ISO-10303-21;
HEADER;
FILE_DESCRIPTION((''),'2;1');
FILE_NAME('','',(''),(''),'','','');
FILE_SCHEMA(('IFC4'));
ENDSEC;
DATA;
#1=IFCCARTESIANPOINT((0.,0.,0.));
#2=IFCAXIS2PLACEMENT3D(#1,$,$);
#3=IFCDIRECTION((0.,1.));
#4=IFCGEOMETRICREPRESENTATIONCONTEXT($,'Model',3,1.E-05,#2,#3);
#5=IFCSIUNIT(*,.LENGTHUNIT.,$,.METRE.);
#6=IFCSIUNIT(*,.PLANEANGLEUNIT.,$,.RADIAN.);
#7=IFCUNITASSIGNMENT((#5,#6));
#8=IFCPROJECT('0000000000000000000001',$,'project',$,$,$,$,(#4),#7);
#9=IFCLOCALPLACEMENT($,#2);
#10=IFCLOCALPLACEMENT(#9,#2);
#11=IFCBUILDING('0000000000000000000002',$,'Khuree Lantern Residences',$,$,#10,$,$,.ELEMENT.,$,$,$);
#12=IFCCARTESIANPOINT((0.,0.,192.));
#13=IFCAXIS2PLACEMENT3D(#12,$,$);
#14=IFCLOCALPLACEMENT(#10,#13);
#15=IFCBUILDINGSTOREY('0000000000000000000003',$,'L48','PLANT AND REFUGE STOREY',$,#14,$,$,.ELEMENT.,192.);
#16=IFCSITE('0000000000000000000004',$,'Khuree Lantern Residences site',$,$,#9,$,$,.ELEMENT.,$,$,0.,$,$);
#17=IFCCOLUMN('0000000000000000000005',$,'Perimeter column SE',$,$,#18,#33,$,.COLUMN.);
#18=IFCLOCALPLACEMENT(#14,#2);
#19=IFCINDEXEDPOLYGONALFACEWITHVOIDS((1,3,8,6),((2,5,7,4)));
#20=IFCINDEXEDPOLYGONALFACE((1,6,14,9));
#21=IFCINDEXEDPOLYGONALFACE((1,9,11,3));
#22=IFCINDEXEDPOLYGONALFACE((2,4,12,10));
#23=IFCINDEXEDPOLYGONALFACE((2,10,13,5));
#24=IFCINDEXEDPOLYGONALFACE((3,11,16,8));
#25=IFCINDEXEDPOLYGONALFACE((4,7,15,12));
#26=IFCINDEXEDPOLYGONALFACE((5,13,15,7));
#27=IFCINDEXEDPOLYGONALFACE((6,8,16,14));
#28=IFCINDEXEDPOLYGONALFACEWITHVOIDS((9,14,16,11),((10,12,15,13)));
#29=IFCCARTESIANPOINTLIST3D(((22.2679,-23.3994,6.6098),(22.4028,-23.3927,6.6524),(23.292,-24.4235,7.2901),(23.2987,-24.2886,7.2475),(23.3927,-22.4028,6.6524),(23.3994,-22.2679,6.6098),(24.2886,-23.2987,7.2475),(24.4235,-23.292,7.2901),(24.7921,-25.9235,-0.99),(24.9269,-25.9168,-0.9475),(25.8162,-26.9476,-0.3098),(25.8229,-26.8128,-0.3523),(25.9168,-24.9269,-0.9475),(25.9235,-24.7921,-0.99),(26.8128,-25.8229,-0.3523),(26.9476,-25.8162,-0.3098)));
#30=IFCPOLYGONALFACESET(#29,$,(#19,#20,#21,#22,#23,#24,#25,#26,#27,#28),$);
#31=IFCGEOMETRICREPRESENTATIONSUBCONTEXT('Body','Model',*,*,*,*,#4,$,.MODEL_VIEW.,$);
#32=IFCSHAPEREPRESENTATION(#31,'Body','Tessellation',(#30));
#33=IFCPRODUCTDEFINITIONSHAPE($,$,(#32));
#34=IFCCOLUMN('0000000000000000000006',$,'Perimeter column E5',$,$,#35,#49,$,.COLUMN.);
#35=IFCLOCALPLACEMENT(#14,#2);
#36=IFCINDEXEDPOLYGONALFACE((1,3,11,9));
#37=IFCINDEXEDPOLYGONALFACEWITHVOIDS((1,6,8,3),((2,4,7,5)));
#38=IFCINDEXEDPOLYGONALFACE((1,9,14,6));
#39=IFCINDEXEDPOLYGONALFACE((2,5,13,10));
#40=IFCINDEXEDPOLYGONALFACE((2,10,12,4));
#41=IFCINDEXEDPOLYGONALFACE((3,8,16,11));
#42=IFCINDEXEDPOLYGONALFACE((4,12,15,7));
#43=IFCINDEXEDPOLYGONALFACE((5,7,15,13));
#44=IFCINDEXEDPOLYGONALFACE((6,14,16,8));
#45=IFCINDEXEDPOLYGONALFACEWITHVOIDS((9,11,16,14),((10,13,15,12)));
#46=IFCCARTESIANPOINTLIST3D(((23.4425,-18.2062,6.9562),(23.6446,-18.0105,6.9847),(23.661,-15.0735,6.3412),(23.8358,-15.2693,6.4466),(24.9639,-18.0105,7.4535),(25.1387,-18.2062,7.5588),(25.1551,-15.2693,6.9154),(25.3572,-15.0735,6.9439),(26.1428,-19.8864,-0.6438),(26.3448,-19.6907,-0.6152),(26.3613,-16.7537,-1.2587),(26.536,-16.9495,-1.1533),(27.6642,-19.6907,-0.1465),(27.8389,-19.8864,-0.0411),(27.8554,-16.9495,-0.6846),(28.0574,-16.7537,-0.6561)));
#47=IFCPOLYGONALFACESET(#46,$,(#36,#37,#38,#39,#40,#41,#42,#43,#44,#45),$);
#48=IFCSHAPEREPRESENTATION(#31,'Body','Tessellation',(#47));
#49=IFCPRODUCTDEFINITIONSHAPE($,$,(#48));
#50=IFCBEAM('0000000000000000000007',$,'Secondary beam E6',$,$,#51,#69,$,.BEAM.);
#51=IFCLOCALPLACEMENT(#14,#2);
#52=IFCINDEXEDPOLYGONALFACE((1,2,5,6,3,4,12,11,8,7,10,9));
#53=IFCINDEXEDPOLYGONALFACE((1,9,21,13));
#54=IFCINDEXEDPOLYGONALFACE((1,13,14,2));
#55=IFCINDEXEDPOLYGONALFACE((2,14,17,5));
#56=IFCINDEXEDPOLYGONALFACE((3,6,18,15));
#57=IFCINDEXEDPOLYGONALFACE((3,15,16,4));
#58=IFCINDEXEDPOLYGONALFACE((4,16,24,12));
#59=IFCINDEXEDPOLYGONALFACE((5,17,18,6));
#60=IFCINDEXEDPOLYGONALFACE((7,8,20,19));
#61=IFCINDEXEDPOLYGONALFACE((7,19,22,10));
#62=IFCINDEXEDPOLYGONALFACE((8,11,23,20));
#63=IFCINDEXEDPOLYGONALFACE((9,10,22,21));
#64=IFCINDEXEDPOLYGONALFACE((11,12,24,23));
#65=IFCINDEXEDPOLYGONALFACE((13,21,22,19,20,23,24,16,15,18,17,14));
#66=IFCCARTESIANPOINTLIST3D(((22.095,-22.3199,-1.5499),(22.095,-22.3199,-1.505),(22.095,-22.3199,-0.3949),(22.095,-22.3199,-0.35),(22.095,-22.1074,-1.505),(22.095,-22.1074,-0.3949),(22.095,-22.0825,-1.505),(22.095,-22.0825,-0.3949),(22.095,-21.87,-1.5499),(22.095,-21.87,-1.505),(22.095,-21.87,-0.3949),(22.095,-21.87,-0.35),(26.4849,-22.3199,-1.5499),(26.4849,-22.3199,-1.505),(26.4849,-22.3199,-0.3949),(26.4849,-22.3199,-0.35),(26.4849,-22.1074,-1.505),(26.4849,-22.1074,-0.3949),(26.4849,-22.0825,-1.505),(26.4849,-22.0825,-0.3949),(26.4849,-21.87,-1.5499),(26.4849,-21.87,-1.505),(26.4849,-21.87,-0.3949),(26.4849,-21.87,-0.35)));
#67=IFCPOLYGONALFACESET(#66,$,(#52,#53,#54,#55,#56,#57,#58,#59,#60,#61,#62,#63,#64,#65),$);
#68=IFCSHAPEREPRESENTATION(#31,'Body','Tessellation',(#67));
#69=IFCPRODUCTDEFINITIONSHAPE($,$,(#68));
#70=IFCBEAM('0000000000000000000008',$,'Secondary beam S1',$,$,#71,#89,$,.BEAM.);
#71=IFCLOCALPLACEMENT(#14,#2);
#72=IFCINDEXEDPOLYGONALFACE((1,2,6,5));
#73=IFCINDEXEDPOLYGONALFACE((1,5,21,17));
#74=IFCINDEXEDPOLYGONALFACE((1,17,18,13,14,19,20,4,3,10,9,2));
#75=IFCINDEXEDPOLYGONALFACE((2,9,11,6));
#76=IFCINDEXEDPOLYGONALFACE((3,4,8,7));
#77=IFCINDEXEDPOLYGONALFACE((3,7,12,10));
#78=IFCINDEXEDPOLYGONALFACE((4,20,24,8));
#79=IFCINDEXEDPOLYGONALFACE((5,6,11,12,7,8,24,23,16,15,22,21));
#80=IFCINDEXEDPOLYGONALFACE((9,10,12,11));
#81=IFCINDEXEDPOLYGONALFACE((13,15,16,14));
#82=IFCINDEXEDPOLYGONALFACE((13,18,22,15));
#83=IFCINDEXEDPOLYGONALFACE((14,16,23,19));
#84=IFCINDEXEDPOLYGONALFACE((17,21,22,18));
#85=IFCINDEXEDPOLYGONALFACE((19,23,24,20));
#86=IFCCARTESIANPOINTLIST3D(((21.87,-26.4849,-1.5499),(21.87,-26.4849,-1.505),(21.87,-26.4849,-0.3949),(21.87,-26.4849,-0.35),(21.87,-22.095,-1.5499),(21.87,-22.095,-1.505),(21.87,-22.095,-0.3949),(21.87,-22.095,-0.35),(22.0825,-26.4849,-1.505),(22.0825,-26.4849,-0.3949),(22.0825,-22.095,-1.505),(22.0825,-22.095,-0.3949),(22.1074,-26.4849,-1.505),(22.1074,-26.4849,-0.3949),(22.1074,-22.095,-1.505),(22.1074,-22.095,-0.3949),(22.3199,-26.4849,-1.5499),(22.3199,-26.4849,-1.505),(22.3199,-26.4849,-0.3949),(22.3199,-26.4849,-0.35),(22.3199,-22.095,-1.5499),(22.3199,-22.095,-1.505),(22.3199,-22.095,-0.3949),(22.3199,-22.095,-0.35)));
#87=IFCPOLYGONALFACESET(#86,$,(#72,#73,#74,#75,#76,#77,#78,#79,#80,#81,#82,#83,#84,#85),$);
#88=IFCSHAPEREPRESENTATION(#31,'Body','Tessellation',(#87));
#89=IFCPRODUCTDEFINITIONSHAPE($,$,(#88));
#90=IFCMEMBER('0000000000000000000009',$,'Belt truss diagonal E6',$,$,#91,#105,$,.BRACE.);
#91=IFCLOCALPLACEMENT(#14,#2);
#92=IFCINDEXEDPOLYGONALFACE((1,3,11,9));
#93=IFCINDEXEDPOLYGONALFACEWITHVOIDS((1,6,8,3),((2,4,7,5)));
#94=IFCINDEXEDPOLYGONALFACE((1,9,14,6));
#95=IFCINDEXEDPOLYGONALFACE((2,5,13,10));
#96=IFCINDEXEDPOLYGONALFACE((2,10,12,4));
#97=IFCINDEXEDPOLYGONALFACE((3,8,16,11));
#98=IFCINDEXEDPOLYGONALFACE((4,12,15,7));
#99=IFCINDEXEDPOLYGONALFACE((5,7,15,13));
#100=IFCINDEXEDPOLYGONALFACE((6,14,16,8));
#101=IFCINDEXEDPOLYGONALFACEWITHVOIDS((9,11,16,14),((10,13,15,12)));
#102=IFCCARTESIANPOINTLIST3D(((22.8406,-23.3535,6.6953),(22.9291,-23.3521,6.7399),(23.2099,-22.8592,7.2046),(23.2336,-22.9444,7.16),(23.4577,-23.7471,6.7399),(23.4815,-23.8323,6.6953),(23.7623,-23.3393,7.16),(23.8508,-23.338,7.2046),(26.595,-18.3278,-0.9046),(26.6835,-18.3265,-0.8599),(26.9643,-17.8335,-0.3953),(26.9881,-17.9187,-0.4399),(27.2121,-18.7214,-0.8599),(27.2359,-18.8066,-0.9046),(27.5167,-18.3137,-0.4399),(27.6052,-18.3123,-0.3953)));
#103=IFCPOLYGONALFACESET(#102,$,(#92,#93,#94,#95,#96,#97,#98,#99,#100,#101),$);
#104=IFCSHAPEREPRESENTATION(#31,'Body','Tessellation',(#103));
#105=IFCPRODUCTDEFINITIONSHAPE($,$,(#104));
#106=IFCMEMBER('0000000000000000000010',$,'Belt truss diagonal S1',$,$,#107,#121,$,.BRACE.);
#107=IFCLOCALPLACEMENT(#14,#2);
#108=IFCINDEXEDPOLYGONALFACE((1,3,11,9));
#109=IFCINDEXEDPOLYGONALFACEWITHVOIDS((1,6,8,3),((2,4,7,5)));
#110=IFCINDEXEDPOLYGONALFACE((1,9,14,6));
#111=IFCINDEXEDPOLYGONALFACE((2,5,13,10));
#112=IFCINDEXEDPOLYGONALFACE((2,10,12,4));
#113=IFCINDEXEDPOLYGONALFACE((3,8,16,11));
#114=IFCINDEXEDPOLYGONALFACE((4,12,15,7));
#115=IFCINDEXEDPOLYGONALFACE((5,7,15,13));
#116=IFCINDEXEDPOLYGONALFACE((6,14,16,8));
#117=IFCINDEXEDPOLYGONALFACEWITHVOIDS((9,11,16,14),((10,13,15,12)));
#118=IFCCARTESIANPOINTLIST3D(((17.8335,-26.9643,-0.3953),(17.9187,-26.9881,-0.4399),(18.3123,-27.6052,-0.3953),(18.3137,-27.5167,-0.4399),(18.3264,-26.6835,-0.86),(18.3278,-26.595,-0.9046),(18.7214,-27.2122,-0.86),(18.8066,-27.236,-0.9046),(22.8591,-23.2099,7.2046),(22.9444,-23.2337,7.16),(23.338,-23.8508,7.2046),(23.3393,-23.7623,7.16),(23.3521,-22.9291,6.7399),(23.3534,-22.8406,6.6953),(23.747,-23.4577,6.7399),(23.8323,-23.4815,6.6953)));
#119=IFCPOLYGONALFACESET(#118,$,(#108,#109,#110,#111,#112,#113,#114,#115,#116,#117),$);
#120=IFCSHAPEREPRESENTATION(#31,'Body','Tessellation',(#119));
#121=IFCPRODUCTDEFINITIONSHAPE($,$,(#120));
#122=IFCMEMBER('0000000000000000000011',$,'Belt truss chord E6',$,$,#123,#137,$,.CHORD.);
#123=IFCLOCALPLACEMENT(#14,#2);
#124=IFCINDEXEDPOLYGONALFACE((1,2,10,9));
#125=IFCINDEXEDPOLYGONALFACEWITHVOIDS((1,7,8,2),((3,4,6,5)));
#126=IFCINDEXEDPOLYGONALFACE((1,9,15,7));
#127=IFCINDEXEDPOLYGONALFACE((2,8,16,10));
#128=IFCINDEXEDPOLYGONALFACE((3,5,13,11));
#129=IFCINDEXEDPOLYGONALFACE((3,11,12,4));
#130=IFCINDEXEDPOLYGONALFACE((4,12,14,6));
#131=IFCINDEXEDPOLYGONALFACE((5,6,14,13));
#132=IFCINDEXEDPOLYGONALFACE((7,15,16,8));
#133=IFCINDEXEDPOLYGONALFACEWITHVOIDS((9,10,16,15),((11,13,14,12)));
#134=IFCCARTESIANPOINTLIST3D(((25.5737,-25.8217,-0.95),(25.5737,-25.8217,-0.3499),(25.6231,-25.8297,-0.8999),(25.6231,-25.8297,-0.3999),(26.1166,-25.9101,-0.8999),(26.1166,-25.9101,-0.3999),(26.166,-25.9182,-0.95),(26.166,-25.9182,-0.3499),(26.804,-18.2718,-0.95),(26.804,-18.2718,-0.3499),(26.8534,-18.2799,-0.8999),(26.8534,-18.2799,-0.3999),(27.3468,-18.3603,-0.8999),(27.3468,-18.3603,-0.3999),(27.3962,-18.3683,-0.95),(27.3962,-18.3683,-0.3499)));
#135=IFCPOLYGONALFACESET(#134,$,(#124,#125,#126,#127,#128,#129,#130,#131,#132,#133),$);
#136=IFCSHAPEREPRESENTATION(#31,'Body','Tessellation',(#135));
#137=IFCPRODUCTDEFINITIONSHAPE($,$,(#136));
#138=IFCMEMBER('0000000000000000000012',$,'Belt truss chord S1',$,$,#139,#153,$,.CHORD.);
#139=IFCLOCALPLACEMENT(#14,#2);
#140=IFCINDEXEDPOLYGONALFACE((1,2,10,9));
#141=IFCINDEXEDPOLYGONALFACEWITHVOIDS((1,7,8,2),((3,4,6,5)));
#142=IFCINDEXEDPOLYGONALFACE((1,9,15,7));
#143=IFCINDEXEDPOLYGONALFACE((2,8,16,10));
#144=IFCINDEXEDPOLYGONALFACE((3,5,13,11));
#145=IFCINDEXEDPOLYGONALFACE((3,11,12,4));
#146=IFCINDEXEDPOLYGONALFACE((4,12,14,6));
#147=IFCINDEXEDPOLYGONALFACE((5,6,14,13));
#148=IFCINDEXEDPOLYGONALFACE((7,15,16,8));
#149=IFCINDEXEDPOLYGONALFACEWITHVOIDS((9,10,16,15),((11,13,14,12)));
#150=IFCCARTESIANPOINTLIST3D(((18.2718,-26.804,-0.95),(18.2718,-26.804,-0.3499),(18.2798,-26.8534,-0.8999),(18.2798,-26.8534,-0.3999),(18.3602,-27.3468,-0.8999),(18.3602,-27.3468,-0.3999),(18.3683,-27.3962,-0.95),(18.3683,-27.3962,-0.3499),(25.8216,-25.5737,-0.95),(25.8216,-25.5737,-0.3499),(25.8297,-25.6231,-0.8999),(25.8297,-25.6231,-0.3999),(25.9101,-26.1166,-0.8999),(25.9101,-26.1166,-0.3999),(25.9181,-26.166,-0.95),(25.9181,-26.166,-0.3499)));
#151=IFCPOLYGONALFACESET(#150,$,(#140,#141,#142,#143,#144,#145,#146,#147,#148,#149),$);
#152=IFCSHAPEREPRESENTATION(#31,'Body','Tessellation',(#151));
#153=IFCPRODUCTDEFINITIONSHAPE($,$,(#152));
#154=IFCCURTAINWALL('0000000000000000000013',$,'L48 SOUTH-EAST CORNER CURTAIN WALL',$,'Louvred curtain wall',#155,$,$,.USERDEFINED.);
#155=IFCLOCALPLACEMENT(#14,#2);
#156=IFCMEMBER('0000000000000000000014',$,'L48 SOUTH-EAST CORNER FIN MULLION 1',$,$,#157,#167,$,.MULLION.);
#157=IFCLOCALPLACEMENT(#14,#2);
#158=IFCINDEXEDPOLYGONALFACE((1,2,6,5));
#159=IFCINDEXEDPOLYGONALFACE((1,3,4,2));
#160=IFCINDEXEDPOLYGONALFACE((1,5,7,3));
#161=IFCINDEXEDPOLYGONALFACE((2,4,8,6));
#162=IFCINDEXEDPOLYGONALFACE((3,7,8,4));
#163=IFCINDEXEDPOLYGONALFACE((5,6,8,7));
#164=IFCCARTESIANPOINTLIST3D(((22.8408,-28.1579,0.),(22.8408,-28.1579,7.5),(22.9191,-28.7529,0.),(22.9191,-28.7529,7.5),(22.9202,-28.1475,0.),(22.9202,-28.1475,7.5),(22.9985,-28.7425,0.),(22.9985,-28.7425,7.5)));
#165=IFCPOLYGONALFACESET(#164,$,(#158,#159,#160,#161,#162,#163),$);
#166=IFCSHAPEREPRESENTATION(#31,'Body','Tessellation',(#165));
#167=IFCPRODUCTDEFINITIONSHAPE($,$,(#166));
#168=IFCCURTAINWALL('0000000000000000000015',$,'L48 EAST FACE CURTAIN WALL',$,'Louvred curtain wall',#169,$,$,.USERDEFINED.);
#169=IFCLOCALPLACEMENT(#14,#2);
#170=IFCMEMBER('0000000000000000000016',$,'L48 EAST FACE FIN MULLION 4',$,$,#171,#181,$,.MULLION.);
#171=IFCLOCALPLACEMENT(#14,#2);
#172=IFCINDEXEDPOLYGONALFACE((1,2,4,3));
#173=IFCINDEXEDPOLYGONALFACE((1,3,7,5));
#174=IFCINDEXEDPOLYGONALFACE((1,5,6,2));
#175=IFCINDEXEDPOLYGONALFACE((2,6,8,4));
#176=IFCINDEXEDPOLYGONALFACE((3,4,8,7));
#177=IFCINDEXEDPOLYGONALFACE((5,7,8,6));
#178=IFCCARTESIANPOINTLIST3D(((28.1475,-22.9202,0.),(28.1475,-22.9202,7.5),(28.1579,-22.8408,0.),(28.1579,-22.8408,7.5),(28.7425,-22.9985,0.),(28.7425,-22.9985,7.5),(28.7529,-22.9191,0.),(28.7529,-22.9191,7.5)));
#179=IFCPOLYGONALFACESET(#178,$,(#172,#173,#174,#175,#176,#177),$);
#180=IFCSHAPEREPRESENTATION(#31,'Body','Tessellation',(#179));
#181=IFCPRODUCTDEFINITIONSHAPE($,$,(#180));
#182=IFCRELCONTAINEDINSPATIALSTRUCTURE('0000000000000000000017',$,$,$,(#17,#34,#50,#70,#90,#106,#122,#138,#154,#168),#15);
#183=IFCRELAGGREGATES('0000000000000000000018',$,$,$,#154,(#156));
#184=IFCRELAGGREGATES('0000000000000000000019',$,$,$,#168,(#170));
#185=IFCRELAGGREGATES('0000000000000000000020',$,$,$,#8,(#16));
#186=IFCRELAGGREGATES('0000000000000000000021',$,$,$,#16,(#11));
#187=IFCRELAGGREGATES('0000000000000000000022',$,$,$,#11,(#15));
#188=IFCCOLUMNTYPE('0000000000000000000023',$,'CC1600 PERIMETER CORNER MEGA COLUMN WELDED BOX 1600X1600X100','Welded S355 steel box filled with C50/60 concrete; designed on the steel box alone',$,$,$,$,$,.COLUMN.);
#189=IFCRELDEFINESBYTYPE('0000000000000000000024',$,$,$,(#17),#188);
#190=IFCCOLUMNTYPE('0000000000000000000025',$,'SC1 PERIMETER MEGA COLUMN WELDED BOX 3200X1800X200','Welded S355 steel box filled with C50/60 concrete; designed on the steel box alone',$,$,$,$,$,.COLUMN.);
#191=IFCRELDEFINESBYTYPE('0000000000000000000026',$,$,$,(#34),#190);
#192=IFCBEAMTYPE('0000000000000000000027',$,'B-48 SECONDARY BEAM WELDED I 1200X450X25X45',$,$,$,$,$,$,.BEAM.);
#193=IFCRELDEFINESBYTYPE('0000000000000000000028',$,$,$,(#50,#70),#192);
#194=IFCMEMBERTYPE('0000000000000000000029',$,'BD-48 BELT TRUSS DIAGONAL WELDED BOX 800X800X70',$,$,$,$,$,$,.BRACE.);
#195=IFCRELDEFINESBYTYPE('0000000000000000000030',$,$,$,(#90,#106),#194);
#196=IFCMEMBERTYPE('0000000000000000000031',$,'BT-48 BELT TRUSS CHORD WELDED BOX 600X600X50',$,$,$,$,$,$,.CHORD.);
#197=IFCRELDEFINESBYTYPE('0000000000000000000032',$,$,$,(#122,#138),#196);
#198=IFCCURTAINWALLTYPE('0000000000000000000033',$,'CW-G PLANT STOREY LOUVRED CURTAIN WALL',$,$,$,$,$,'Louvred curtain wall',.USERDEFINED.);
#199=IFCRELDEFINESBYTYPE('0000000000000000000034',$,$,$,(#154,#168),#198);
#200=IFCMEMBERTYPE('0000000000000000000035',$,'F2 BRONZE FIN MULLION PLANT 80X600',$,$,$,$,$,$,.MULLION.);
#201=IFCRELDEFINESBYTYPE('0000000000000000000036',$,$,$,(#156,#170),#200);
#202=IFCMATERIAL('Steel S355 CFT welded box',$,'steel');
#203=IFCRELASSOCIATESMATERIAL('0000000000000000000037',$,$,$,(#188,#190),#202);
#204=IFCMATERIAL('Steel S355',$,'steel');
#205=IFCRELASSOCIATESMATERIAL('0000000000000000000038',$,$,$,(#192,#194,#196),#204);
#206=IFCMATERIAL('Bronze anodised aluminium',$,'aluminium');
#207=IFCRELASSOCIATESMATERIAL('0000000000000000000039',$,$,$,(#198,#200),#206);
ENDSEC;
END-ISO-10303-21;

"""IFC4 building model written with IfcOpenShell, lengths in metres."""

from ifc_helpers import new_model, si_unit, direction, frame, origin, origin_2d, place, context, subcontext, project, spatial, rectangle, hollow_rectangle, i_section, extrude, material, material_profile, profile_set, type_object, element, aggregate, save


model = new_model("IFC4")

# Units and contexts
model_context = context("Model", 3, precision=1e-05, world=origin(), true_north=direction((0.0, 1.0)))
body_context = subcontext(model_context, "Body", "Model", "MODEL_VIEW")
ifc_project = project(units=[si_unit("LENGTHUNIT", "METRE"), si_unit("PLANEANGLEUNIT", "RADIAN")], contexts=[model_context])

# Site, building, storey
site_placement = place(None, origin())
site = spatial("IfcSite", under=ifc_project, at=site_placement, Name="Khuree Lantern Residences site", CompositionType="ELEMENT", RefElevation=0.0)
building_placement = place(site_placement, origin())
building = spatial("IfcBuilding", under=site, at=building_placement, Name="Khuree Lantern Residences", CompositionType="ELEMENT")
storey_placement = place(building_placement, frame((0.0, 0.0, 192.0)))
storey = spatial("IfcBuildingStorey", under=building, at=storey_placement, Name="L48", Description="PLANT AND REFUGE STOREY", CompositionType="ELEMENT", Elevation=192.0)

# Columns
ifc_material_1 = material(Name="Steel S355 CFT welded box", Category="steel")
ifc_material_profile_1 = material_profile(ifc_material_1, hollow_rectangle(XDim=1.6001, YDim=1.6001, WallThickness=0.1001, at=origin_2d()), Name="WELDED BOX 1600X1600X100")
ifc_profile_set_1 = profile_set([ifc_material_profile_1], Name="Steel S355 CFT welded box")
column_type_1 = type_object("IfcColumnType", Name="CC1600 PERIMETER CORNER MEGA COLUMN WELDED BOX 1600X1600X100", Description="Welded S355 steel box filled with C50/60 concrete; designed on the steel box alone", PredefinedType="COLUMN", material=ifc_profile_set_1)
column_1_placement = place(storey_placement, frame((25.8699, -25.8699, -0.6499), z_axis=(-0.300623, 0.300623, 0.905125), x_axis=(0.707107, 0.707107, 0.0)))
element("IfcColumn", 1, at=column_1_placement, inside=storey, type_object=column_type_1, Name="Perimeter column SE", PredefinedType="COLUMN", context=body_context, shape_type="SweptSolid", body=[
    extrude(hollow_rectangle(XDim=1.6001, YDim=1.6001, WallThickness=0.1001, at=origin_2d()), origin(), (0.0, 0.0, 1.0), 8.3965),
])
ifc_material_profile_2 = material_profile(ifc_material_1, hollow_rectangle(XDim=3.2, YDim=1.8, WallThickness=0.2, at=origin_2d()), Name="WELDED BOX 3200X1800X200")
ifc_profile_set_2 = profile_set([ifc_material_profile_2], Name="Steel S355 CFT welded box")
column_type_2 = type_object("IfcColumnType", Name="SC1 PERIMETER MEGA COLUMN WELDED BOX 3200X1800X200", Description="Welded S355 steel box filled with C50/60 concrete; designed on the steel box alone", PredefinedType="COLUMN", material=ifc_profile_set_2)
column_2_placement = place(storey_placement, frame((27.1001, -18.3201, -0.6499), z_axis=(-0.327756, 0.203944, 0.922487), x_axis=(0.068286, 0.978983, -0.192172)))
element("IfcColumn", 2, at=column_2_placement, inside=storey, type_object=column_type_2, Name="Perimeter column E5", PredefinedType="COLUMN", context=body_context, shape_type="SweptSolid", body=[
    extrude(hollow_rectangle(XDim=3.2, YDim=1.8, WallThickness=0.2, at=origin_2d()), origin(), (0.0, 0.0, 1.0), 8.2385),
])

# Beams
ifc_material_2 = material(Name="Steel S355", Category="steel")
ifc_material_profile_3 = material_profile(ifc_material_2, i_section(OverallWidth=0.45, OverallDepth=1.2, WebThickness=0.0249, FlangeThickness=0.0449, at=origin_2d()), Name="WELDED I 1200X450X25X45")
ifc_profile_set_3 = profile_set([ifc_material_profile_3], Name="Steel S355")
beam_type_1 = type_object("IfcBeamType", Name="B-48 SECONDARY BEAM WELDED I 1200X450X25X45", PredefinedType="BEAM", material=ifc_profile_set_3)
for number, where, z_axis, x_axis, name in (
    (3, (26.4849, -22.095, -0.95), (-1.0, 0.0, 0.0), (0.0, -1.0, 0.0), "Secondary beam E6"),
    (4, (22.095, -26.4849, -0.95), (0.0, 1.0, 0.0), (-1.0, 0.0, 0.0), "Secondary beam S1"),
):
    element("IfcBeam", number, at=place(storey_placement, frame(where, z_axis=z_axis, x_axis=x_axis)), inside=storey, type_object=beam_type_1, Name=name, PredefinedType="BEAM", context=body_context, shape_type="SweptSolid", body=[
        extrude(i_section(OverallWidth=0.45, OverallDepth=1.2, WebThickness=0.0249, FlangeThickness=0.0449, at=origin_2d()), origin(), (0.0, 0.0, 1.0), 4.3899),
    ])

# Members
ifc_material_profile_4 = material_profile(ifc_material_2, hollow_rectangle(XDim=0.8, YDim=0.8, WallThickness=0.0701, at=origin_2d()), Name="WELDED BOX 800X800X70")
ifc_profile_set_4 = profile_set([ifc_material_profile_4], Name="Steel S355")
member_type_1 = type_object("IfcMemberType", Name="BD-48 BELT TRUSS DIAGONAL WELDED BOX 800X800X70", PredefinedType="BRACE", material=ifc_profile_set_4)
for number, where, z_axis, x_axis, name in (
    (5, (27.1001, -18.3201, -0.6499), (-0.380985, -0.509986, 0.77121), (0.801133, -0.598486, 0.0), "Belt truss diagonal E6"),
    (6, (23.3457, -23.3457, 6.95), (-0.509986, -0.380985, -0.77121), (0.598486, -0.801133, 0.0), "Belt truss diagonal S1"),
):
    element("IfcMember", number, at=place(storey_placement, frame(where, z_axis=z_axis, x_axis=x_axis)), inside=storey, type_object=member_type_1, Name=name, PredefinedType="BRACE", context=body_context, shape_type="SweptSolid", body=[
        extrude(hollow_rectangle(XDim=0.8, YDim=0.8, WallThickness=0.0701, at=origin_2d()), origin(), (0.0, 0.0, 1.0), 9.8545),
    ])
ifc_material_profile_5 = material_profile(ifc_material_2, hollow_rectangle(XDim=0.6001, YDim=0.6001, WallThickness=0.05, at=origin_2d()), Name="WELDED BOX 600X600X50")
ifc_profile_set_5 = profile_set([ifc_material_profile_5], Name="Steel S355")
member_type_2 = type_object("IfcMemberType", Name="BT-48 BELT TRUSS CHORD WELDED BOX 600X600X50", PredefinedType="CHORD", material=ifc_profile_set_5)
for number, where, z_axis, x_axis, name in (
    (7, (27.1001, -18.3201, -0.6499), (-0.160827, -0.986983, 0.0), (0.986983, -0.160827, 0.0), "Belt truss chord E6"),
    (8, (25.8699, -25.8699, -0.6499), (-0.986983, -0.160827, 0.0), (0.160827, -0.986983, 0.0), "Belt truss chord S1"),
):
    element("IfcMember", number, at=place(storey_placement, frame(where, z_axis=z_axis, x_axis=x_axis)), inside=storey, type_object=member_type_2, Name=name, PredefinedType="CHORD", context=body_context, shape_type="SweptSolid", body=[
        extrude(hollow_rectangle(XDim=0.6001, YDim=0.6001, WallThickness=0.05, at=origin_2d()), origin(), (0.0, 0.0, 1.0), 7.6494),
    ])

# Curtain walls, members
ifc_material_3 = material(Name="Bronze anodised aluminium", Category="aluminium")
curtain_wall_type = type_object("IfcCurtainWallType", Name="CW-G PLANT STOREY LOUVRED CURTAIN WALL", ElementType="Louvred curtain wall", PredefinedType="USERDEFINED", material=ifc_material_3)
curtain_wall_1_placement = place(storey_placement, origin())
curtain_wall_1 = element("IfcCurtainWall", 9, at=curtain_wall_1_placement, inside=storey, type_object=curtain_wall_type, Name="L48 SOUTH-EAST CORNER CURTAIN WALL", ObjectType="Louvred curtain wall", PredefinedType="USERDEFINED")
ifc_material_profile_6 = material_profile(ifc_material_3, rectangle(XDim=0.0801, YDim=0.6001, at=origin_2d()), Name="F2 80X600")
ifc_profile_set_6 = profile_set([ifc_material_profile_6], Name="Bronze anodised aluminium")
member_type_3 = type_object("IfcMemberType", Name="F2 BRONZE FIN MULLION PLANT 80X600", PredefinedType="MULLION", material=ifc_profile_set_6)
member_1_placement = place(storey_placement, frame((22.9197, -28.4502, 0.0), z_axis=(0.0, 0.0, 1.0), x_axis=(0.991445, 0.130526, 0.0)))
member_1 = element("IfcMember", 10, at=member_1_placement, type_object=member_type_3, Name="L48 SOUTH-EAST CORNER FIN MULLION 1", PredefinedType="MULLION", context=body_context, shape_type="SweptSolid", body=[
    extrude(rectangle(XDim=0.0801, YDim=0.6001, at=origin_2d()), origin(), (0.0, 0.0, 1.0), 7.5),
])
curtain_wall_2_placement = place(storey_placement, origin())
curtain_wall_2 = element("IfcCurtainWall", 11, at=curtain_wall_2_placement, inside=storey, type_object=curtain_wall_type, Name="L48 EAST FACE CURTAIN WALL", ObjectType="Louvred curtain wall", PredefinedType="USERDEFINED")
member_2_placement = place(storey_placement, frame((28.4502, -22.9197, 0.0), z_axis=(0.0, 0.0, 1.0), x_axis=(0.130526, 0.991445, 0.0)))
member_2 = element("IfcMember", 12, at=member_2_placement, type_object=member_type_3, Name="L48 EAST FACE FIN MULLION 4", PredefinedType="MULLION", context=body_context, shape_type="SweptSolid", body=[
    extrude(rectangle(XDim=0.0801, YDim=0.6001, at=origin_2d()), origin(), (0.0, 0.0, 1.0), 7.5),
])

aggregate(curtain_wall_1, [member_1])
aggregate(curtain_wall_2, [member_2])

save(model, "model.ifc")
